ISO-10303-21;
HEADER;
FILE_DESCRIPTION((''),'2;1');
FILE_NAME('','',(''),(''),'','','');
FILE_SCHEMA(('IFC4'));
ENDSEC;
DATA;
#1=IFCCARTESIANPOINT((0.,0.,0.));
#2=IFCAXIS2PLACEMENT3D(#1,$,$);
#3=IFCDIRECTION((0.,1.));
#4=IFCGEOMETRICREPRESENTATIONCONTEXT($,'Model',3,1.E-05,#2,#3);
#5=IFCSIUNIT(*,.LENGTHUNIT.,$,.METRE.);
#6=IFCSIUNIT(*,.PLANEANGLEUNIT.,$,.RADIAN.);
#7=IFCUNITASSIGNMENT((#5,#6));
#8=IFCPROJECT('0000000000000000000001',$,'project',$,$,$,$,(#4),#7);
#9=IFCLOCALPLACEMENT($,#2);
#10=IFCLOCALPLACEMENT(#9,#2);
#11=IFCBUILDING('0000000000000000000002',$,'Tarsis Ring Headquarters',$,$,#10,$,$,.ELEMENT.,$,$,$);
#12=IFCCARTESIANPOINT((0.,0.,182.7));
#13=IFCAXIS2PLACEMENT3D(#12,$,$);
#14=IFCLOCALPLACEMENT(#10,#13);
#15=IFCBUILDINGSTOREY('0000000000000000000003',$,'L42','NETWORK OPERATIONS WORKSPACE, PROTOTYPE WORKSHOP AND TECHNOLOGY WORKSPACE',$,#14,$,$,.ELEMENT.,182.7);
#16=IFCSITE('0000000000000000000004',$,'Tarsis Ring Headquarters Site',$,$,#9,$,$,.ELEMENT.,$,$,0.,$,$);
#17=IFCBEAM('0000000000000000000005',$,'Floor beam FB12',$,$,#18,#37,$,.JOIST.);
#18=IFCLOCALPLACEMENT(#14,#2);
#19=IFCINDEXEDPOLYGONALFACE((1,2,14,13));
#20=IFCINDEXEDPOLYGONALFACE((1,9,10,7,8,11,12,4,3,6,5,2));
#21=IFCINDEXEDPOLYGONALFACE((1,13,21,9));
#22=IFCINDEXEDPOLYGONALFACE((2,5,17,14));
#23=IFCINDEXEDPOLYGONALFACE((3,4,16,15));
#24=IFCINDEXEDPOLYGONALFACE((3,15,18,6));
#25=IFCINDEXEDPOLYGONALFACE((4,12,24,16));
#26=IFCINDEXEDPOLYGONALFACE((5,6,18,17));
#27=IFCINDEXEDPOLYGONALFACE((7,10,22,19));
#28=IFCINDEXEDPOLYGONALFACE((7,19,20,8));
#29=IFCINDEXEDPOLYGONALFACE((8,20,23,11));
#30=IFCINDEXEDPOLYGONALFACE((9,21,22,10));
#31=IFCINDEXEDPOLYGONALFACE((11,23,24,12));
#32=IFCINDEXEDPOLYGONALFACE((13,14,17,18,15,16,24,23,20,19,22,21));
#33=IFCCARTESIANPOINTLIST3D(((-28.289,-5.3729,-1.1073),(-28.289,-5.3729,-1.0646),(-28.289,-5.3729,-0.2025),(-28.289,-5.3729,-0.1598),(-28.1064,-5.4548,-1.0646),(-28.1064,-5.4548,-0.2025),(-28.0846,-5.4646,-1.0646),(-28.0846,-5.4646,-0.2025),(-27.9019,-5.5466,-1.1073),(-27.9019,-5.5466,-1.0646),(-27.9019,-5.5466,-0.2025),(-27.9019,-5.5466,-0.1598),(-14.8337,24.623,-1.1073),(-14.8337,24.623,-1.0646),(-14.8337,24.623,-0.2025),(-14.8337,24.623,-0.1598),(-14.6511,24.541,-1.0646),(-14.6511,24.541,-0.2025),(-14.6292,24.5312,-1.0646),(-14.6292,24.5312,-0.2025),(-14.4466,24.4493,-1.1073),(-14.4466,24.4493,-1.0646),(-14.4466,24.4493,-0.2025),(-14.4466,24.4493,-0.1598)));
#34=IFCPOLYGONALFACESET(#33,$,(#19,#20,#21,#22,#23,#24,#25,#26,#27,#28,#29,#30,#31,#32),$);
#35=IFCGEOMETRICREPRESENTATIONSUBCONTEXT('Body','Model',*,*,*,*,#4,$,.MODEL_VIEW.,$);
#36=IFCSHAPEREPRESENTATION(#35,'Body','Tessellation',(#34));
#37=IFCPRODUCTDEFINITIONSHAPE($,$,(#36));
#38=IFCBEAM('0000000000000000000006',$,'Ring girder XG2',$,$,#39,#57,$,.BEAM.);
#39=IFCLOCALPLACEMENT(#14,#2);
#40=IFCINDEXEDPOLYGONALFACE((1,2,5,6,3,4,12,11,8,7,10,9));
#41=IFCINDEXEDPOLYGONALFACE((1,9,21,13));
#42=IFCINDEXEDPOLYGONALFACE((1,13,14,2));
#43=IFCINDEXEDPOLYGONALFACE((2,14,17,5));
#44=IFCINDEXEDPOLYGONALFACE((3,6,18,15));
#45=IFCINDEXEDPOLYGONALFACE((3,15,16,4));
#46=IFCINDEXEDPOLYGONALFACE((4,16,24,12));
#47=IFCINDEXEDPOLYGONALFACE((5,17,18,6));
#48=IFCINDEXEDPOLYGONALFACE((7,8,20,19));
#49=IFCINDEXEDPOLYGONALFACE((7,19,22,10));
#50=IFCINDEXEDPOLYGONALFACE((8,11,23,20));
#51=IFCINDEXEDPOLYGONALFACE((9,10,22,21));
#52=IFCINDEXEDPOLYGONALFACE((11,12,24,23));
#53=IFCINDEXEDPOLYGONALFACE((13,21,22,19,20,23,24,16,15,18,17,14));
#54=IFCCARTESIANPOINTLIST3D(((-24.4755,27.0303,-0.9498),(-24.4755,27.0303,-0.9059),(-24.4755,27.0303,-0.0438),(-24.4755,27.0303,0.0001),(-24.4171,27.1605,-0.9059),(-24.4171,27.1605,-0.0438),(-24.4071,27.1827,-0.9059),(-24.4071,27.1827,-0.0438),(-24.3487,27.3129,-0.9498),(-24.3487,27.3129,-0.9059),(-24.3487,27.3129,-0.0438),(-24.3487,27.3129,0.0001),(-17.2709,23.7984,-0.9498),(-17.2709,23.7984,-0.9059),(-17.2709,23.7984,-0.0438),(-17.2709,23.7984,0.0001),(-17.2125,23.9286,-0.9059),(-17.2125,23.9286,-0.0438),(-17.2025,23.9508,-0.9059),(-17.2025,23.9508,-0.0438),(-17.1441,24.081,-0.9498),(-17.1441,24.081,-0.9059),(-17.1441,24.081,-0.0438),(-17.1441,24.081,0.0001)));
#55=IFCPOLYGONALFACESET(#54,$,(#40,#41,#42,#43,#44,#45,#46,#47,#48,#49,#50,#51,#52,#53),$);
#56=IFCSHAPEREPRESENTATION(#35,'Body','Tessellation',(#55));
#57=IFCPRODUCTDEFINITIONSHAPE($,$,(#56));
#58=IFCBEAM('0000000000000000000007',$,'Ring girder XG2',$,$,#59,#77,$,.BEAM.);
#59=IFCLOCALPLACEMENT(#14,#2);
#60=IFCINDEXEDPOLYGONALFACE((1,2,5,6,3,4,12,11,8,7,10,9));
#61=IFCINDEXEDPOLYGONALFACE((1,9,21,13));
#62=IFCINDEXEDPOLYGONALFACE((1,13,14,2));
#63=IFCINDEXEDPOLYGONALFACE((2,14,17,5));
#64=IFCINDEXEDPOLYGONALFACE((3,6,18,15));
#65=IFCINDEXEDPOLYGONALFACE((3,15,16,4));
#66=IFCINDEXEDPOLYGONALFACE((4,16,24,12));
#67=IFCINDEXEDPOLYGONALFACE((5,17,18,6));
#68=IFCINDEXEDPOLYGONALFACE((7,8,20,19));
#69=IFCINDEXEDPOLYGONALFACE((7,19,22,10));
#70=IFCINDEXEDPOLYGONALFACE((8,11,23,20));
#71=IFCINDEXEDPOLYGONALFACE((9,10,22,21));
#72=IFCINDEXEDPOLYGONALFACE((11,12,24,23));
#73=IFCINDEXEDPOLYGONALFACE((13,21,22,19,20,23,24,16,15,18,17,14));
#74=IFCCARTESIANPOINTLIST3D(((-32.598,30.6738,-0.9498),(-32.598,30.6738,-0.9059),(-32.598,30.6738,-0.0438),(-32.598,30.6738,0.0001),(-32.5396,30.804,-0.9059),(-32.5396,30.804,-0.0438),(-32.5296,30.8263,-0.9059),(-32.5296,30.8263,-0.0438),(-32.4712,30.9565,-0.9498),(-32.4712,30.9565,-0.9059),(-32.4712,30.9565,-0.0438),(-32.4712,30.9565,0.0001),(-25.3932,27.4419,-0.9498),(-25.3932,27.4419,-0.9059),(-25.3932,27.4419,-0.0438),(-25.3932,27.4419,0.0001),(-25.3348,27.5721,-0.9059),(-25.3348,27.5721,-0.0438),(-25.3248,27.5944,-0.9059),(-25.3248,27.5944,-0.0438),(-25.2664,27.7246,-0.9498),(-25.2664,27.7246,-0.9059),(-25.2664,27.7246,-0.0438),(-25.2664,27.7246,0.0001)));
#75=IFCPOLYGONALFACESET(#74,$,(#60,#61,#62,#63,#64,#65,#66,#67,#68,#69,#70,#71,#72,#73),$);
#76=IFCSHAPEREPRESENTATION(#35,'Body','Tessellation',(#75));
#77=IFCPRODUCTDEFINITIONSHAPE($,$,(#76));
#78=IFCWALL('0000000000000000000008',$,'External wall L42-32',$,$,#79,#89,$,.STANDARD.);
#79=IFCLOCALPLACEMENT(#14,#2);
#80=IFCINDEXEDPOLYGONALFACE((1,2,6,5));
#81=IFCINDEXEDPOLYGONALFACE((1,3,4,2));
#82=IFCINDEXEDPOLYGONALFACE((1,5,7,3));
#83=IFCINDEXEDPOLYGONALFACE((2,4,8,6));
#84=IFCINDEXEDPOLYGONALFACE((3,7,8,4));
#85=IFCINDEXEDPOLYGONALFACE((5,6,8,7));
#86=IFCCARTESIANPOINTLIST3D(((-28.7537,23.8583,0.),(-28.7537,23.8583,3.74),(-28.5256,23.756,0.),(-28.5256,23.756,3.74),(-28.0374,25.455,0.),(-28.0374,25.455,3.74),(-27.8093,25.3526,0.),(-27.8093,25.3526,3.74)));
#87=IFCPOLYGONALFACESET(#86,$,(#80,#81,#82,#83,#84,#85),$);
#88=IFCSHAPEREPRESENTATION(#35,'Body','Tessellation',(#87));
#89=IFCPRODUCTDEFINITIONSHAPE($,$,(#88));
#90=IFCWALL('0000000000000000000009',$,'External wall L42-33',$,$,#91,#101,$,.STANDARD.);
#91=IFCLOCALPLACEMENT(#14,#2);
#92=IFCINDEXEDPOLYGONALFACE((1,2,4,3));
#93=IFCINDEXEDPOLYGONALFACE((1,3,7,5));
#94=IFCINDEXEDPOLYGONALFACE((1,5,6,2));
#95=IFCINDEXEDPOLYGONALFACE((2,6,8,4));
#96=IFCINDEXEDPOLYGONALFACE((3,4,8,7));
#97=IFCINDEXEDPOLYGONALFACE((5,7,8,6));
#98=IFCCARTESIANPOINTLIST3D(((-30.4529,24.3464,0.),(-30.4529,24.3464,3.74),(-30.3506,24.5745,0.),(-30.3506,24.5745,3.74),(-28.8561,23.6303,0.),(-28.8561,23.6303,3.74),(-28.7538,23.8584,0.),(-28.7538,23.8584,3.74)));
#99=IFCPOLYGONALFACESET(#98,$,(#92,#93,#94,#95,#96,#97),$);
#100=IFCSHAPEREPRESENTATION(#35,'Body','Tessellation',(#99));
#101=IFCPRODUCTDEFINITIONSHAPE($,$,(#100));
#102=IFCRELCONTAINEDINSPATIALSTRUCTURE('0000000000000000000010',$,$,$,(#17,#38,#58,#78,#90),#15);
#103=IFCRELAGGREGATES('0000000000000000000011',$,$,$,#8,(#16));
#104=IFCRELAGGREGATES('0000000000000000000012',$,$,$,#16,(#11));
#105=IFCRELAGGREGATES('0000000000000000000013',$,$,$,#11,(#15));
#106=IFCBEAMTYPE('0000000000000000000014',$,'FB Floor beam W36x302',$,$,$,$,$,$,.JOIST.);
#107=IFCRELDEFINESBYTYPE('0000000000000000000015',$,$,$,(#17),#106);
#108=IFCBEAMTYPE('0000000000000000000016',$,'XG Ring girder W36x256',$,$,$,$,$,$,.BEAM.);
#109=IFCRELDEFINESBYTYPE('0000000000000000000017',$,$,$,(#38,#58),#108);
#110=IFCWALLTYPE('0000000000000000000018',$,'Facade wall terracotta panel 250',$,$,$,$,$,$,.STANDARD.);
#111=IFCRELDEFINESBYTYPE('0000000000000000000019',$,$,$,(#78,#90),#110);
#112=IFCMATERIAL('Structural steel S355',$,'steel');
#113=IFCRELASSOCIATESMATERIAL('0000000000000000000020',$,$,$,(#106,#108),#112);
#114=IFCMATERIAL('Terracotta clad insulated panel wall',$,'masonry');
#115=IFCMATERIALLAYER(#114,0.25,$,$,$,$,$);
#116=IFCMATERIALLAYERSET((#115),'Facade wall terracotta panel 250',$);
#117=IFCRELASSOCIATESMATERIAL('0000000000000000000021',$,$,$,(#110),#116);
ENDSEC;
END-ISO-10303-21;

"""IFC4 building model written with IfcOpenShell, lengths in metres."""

from ifc_helpers import new_model, si_unit, direction, frame, frame_2d, origin, origin_2d, place, context, subcontext, project, spatial, rectangle, i_section, extrude, material, layer, layer_set, material_profile, profile_set, type_object, element, save


model = new_model("IFC4")

# Units and contexts
model_context = context("Model", 3, precision=1e-05, world=origin(), true_north=direction((0.0, 1.0)))
body_context = subcontext(model_context, "Body", "Model", "MODEL_VIEW")
ifc_project = project(units=[si_unit("LENGTHUNIT", "METRE"), si_unit("PLANEANGLEUNIT", "RADIAN")], contexts=[model_context])

# Site, building, storey
site_placement = place(None, origin())
site = spatial("IfcSite", under=ifc_project, at=site_placement, Name="Tarsis Ring Headquarters Site", CompositionType="ELEMENT", RefElevation=0.0)
building_placement = place(site_placement, origin())
building = spatial("IfcBuilding", under=site, at=building_placement, Name="Tarsis Ring Headquarters", CompositionType="ELEMENT")
storey_placement = place(building_placement, frame((0.0, 0.0, 182.7)))
storey = spatial("IfcBuildingStorey", under=building, at=storey_placement, Name="L42", Description="NETWORK OPERATIONS WORKSPACE, PROTOTYPE WORKSHOP AND TECHNOLOGY WORKSPACE", CompositionType="ELEMENT", Elevation=182.7)

# Shared definitions
ifc_material_1 = material(Name="Structural steel S355", Category="steel")

# Beams
ifc_material_profile_1 = material_profile(ifc_material_1, i_section(OverallWidth=0.3098, OverallDepth=0.95, WebThickness=0.0244, FlangeThickness=0.0439, at=origin_2d()), Name="W36x256")
ifc_profile_set_1 = profile_set([ifc_material_profile_1], Name="Structural steel S355")
ifc_material_profile_2 = material_profile(ifc_material_1, i_section(OverallWidth=0.4243, OverallDepth=0.9475, WebThickness=0.0239, FlangeThickness=0.0427, at=origin_2d()), Name="W36x302")
ifc_profile_set_2 = profile_set([ifc_material_profile_2], Name="Structural steel S355")
beam_type_1 = type_object("IfcBeamType", Name="FB Floor beam W36x302", PredefinedType="JOIST", material=ifc_profile_set_2)
beam_1_placement = place(storey_placement, frame((-14.6401, 24.5361, -0.6335), z_axis=(-0.409281, -0.912408, 0.0), x_axis=(0.912408, -0.409281, 0.0)))
element("IfcBeam", 1, at=beam_1_placement, inside=storey, type_object=beam_type_1, Name="Floor beam FB12", PredefinedType="JOIST", context=body_context, shape_type="SweptSolid", body=[
    extrude(i_section(OverallWidth=0.4243, OverallDepth=0.9475, WebThickness=0.0239, FlangeThickness=0.0427, at=origin_2d()), origin(), (0.0, 0.0, 1.0), 32.8755),
])
beam_type_2 = type_object("IfcBeamType", Name="XG Ring girder W36x256", PredefinedType="BEAM", material=ifc_profile_set_1)
beam_2_placement = place(storey_placement, frame((-17.2075, 23.9397, -0.4749), z_axis=(-0.912401, 0.409297, 0.0), x_axis=(-0.409297, -0.912401, 0.0)))
element("IfcBeam", 2, at=beam_2_placement, inside=storey, type_object=beam_type_2, Name="Ring girder XG2", PredefinedType="BEAM", context=body_context, shape_type="SweptSolid", body=[
    extrude(i_section(OverallWidth=0.3098, OverallDepth=0.95, WebThickness=0.0244, FlangeThickness=0.0439, at=origin_2d()), origin(), (0.0, 0.0, 1.0), 7.8962),
])
beam_3_placement = place(storey_placement, frame((-25.3298, 27.5833, -0.4749), z_axis=(-0.912406, 0.409286, 0.0), x_axis=(-0.409286, -0.912406, 0.0)))
element("IfcBeam", 3, at=beam_3_placement, inside=storey, type_object=beam_type_2, Name="Ring girder XG2", PredefinedType="BEAM", context=body_context, shape_type="SweptSolid", body=[
    extrude(i_section(OverallWidth=0.3098, OverallDepth=0.95, WebThickness=0.0244, FlangeThickness=0.0439, at=origin_2d()), origin(), (0.0, 0.0, 1.0), 7.8965),
])

# Walls
ifc_material_2 = material(Name="Terracotta clad insulated panel wall", Category="masonry")
ifc_layer = layer(ifc_material_2, 0.25)
ifc_layer_set = layer_set([ifc_layer], Name="Facade wall terracotta panel 250")
wall_type = type_object("IfcWallType", Name="Facade wall terracotta panel 250", PredefinedType="STANDARD", material=ifc_layer_set)
for number, where, z_axis, x_axis, name in (
    (4, (-27.9233, 25.4038, 0.0), (0.0, 0.0, 1.0), (-0.40932, -0.912391, 0.0), "External wall L42-32"),
    (5, (-28.8049, 23.7444, 0.0), (0.0, 0.0, 1.0), (-0.912443, 0.409204, 0.0), "External wall L42-33"),
):
    element("IfcWall", number, at=place(storey_placement, frame(where, z_axis=z_axis, x_axis=x_axis)), inside=storey, type_object=wall_type, Name=name, PredefinedType="STANDARD", context=body_context, shape_type="SweptSolid", body=[
        extrude(rectangle(XDim=1.75, YDim=0.25, at=frame_2d((0.875, 0.0))), origin(), (0.0, 0.0, 1.0), 3.74),
    ])

save(model, "model.ifc")
